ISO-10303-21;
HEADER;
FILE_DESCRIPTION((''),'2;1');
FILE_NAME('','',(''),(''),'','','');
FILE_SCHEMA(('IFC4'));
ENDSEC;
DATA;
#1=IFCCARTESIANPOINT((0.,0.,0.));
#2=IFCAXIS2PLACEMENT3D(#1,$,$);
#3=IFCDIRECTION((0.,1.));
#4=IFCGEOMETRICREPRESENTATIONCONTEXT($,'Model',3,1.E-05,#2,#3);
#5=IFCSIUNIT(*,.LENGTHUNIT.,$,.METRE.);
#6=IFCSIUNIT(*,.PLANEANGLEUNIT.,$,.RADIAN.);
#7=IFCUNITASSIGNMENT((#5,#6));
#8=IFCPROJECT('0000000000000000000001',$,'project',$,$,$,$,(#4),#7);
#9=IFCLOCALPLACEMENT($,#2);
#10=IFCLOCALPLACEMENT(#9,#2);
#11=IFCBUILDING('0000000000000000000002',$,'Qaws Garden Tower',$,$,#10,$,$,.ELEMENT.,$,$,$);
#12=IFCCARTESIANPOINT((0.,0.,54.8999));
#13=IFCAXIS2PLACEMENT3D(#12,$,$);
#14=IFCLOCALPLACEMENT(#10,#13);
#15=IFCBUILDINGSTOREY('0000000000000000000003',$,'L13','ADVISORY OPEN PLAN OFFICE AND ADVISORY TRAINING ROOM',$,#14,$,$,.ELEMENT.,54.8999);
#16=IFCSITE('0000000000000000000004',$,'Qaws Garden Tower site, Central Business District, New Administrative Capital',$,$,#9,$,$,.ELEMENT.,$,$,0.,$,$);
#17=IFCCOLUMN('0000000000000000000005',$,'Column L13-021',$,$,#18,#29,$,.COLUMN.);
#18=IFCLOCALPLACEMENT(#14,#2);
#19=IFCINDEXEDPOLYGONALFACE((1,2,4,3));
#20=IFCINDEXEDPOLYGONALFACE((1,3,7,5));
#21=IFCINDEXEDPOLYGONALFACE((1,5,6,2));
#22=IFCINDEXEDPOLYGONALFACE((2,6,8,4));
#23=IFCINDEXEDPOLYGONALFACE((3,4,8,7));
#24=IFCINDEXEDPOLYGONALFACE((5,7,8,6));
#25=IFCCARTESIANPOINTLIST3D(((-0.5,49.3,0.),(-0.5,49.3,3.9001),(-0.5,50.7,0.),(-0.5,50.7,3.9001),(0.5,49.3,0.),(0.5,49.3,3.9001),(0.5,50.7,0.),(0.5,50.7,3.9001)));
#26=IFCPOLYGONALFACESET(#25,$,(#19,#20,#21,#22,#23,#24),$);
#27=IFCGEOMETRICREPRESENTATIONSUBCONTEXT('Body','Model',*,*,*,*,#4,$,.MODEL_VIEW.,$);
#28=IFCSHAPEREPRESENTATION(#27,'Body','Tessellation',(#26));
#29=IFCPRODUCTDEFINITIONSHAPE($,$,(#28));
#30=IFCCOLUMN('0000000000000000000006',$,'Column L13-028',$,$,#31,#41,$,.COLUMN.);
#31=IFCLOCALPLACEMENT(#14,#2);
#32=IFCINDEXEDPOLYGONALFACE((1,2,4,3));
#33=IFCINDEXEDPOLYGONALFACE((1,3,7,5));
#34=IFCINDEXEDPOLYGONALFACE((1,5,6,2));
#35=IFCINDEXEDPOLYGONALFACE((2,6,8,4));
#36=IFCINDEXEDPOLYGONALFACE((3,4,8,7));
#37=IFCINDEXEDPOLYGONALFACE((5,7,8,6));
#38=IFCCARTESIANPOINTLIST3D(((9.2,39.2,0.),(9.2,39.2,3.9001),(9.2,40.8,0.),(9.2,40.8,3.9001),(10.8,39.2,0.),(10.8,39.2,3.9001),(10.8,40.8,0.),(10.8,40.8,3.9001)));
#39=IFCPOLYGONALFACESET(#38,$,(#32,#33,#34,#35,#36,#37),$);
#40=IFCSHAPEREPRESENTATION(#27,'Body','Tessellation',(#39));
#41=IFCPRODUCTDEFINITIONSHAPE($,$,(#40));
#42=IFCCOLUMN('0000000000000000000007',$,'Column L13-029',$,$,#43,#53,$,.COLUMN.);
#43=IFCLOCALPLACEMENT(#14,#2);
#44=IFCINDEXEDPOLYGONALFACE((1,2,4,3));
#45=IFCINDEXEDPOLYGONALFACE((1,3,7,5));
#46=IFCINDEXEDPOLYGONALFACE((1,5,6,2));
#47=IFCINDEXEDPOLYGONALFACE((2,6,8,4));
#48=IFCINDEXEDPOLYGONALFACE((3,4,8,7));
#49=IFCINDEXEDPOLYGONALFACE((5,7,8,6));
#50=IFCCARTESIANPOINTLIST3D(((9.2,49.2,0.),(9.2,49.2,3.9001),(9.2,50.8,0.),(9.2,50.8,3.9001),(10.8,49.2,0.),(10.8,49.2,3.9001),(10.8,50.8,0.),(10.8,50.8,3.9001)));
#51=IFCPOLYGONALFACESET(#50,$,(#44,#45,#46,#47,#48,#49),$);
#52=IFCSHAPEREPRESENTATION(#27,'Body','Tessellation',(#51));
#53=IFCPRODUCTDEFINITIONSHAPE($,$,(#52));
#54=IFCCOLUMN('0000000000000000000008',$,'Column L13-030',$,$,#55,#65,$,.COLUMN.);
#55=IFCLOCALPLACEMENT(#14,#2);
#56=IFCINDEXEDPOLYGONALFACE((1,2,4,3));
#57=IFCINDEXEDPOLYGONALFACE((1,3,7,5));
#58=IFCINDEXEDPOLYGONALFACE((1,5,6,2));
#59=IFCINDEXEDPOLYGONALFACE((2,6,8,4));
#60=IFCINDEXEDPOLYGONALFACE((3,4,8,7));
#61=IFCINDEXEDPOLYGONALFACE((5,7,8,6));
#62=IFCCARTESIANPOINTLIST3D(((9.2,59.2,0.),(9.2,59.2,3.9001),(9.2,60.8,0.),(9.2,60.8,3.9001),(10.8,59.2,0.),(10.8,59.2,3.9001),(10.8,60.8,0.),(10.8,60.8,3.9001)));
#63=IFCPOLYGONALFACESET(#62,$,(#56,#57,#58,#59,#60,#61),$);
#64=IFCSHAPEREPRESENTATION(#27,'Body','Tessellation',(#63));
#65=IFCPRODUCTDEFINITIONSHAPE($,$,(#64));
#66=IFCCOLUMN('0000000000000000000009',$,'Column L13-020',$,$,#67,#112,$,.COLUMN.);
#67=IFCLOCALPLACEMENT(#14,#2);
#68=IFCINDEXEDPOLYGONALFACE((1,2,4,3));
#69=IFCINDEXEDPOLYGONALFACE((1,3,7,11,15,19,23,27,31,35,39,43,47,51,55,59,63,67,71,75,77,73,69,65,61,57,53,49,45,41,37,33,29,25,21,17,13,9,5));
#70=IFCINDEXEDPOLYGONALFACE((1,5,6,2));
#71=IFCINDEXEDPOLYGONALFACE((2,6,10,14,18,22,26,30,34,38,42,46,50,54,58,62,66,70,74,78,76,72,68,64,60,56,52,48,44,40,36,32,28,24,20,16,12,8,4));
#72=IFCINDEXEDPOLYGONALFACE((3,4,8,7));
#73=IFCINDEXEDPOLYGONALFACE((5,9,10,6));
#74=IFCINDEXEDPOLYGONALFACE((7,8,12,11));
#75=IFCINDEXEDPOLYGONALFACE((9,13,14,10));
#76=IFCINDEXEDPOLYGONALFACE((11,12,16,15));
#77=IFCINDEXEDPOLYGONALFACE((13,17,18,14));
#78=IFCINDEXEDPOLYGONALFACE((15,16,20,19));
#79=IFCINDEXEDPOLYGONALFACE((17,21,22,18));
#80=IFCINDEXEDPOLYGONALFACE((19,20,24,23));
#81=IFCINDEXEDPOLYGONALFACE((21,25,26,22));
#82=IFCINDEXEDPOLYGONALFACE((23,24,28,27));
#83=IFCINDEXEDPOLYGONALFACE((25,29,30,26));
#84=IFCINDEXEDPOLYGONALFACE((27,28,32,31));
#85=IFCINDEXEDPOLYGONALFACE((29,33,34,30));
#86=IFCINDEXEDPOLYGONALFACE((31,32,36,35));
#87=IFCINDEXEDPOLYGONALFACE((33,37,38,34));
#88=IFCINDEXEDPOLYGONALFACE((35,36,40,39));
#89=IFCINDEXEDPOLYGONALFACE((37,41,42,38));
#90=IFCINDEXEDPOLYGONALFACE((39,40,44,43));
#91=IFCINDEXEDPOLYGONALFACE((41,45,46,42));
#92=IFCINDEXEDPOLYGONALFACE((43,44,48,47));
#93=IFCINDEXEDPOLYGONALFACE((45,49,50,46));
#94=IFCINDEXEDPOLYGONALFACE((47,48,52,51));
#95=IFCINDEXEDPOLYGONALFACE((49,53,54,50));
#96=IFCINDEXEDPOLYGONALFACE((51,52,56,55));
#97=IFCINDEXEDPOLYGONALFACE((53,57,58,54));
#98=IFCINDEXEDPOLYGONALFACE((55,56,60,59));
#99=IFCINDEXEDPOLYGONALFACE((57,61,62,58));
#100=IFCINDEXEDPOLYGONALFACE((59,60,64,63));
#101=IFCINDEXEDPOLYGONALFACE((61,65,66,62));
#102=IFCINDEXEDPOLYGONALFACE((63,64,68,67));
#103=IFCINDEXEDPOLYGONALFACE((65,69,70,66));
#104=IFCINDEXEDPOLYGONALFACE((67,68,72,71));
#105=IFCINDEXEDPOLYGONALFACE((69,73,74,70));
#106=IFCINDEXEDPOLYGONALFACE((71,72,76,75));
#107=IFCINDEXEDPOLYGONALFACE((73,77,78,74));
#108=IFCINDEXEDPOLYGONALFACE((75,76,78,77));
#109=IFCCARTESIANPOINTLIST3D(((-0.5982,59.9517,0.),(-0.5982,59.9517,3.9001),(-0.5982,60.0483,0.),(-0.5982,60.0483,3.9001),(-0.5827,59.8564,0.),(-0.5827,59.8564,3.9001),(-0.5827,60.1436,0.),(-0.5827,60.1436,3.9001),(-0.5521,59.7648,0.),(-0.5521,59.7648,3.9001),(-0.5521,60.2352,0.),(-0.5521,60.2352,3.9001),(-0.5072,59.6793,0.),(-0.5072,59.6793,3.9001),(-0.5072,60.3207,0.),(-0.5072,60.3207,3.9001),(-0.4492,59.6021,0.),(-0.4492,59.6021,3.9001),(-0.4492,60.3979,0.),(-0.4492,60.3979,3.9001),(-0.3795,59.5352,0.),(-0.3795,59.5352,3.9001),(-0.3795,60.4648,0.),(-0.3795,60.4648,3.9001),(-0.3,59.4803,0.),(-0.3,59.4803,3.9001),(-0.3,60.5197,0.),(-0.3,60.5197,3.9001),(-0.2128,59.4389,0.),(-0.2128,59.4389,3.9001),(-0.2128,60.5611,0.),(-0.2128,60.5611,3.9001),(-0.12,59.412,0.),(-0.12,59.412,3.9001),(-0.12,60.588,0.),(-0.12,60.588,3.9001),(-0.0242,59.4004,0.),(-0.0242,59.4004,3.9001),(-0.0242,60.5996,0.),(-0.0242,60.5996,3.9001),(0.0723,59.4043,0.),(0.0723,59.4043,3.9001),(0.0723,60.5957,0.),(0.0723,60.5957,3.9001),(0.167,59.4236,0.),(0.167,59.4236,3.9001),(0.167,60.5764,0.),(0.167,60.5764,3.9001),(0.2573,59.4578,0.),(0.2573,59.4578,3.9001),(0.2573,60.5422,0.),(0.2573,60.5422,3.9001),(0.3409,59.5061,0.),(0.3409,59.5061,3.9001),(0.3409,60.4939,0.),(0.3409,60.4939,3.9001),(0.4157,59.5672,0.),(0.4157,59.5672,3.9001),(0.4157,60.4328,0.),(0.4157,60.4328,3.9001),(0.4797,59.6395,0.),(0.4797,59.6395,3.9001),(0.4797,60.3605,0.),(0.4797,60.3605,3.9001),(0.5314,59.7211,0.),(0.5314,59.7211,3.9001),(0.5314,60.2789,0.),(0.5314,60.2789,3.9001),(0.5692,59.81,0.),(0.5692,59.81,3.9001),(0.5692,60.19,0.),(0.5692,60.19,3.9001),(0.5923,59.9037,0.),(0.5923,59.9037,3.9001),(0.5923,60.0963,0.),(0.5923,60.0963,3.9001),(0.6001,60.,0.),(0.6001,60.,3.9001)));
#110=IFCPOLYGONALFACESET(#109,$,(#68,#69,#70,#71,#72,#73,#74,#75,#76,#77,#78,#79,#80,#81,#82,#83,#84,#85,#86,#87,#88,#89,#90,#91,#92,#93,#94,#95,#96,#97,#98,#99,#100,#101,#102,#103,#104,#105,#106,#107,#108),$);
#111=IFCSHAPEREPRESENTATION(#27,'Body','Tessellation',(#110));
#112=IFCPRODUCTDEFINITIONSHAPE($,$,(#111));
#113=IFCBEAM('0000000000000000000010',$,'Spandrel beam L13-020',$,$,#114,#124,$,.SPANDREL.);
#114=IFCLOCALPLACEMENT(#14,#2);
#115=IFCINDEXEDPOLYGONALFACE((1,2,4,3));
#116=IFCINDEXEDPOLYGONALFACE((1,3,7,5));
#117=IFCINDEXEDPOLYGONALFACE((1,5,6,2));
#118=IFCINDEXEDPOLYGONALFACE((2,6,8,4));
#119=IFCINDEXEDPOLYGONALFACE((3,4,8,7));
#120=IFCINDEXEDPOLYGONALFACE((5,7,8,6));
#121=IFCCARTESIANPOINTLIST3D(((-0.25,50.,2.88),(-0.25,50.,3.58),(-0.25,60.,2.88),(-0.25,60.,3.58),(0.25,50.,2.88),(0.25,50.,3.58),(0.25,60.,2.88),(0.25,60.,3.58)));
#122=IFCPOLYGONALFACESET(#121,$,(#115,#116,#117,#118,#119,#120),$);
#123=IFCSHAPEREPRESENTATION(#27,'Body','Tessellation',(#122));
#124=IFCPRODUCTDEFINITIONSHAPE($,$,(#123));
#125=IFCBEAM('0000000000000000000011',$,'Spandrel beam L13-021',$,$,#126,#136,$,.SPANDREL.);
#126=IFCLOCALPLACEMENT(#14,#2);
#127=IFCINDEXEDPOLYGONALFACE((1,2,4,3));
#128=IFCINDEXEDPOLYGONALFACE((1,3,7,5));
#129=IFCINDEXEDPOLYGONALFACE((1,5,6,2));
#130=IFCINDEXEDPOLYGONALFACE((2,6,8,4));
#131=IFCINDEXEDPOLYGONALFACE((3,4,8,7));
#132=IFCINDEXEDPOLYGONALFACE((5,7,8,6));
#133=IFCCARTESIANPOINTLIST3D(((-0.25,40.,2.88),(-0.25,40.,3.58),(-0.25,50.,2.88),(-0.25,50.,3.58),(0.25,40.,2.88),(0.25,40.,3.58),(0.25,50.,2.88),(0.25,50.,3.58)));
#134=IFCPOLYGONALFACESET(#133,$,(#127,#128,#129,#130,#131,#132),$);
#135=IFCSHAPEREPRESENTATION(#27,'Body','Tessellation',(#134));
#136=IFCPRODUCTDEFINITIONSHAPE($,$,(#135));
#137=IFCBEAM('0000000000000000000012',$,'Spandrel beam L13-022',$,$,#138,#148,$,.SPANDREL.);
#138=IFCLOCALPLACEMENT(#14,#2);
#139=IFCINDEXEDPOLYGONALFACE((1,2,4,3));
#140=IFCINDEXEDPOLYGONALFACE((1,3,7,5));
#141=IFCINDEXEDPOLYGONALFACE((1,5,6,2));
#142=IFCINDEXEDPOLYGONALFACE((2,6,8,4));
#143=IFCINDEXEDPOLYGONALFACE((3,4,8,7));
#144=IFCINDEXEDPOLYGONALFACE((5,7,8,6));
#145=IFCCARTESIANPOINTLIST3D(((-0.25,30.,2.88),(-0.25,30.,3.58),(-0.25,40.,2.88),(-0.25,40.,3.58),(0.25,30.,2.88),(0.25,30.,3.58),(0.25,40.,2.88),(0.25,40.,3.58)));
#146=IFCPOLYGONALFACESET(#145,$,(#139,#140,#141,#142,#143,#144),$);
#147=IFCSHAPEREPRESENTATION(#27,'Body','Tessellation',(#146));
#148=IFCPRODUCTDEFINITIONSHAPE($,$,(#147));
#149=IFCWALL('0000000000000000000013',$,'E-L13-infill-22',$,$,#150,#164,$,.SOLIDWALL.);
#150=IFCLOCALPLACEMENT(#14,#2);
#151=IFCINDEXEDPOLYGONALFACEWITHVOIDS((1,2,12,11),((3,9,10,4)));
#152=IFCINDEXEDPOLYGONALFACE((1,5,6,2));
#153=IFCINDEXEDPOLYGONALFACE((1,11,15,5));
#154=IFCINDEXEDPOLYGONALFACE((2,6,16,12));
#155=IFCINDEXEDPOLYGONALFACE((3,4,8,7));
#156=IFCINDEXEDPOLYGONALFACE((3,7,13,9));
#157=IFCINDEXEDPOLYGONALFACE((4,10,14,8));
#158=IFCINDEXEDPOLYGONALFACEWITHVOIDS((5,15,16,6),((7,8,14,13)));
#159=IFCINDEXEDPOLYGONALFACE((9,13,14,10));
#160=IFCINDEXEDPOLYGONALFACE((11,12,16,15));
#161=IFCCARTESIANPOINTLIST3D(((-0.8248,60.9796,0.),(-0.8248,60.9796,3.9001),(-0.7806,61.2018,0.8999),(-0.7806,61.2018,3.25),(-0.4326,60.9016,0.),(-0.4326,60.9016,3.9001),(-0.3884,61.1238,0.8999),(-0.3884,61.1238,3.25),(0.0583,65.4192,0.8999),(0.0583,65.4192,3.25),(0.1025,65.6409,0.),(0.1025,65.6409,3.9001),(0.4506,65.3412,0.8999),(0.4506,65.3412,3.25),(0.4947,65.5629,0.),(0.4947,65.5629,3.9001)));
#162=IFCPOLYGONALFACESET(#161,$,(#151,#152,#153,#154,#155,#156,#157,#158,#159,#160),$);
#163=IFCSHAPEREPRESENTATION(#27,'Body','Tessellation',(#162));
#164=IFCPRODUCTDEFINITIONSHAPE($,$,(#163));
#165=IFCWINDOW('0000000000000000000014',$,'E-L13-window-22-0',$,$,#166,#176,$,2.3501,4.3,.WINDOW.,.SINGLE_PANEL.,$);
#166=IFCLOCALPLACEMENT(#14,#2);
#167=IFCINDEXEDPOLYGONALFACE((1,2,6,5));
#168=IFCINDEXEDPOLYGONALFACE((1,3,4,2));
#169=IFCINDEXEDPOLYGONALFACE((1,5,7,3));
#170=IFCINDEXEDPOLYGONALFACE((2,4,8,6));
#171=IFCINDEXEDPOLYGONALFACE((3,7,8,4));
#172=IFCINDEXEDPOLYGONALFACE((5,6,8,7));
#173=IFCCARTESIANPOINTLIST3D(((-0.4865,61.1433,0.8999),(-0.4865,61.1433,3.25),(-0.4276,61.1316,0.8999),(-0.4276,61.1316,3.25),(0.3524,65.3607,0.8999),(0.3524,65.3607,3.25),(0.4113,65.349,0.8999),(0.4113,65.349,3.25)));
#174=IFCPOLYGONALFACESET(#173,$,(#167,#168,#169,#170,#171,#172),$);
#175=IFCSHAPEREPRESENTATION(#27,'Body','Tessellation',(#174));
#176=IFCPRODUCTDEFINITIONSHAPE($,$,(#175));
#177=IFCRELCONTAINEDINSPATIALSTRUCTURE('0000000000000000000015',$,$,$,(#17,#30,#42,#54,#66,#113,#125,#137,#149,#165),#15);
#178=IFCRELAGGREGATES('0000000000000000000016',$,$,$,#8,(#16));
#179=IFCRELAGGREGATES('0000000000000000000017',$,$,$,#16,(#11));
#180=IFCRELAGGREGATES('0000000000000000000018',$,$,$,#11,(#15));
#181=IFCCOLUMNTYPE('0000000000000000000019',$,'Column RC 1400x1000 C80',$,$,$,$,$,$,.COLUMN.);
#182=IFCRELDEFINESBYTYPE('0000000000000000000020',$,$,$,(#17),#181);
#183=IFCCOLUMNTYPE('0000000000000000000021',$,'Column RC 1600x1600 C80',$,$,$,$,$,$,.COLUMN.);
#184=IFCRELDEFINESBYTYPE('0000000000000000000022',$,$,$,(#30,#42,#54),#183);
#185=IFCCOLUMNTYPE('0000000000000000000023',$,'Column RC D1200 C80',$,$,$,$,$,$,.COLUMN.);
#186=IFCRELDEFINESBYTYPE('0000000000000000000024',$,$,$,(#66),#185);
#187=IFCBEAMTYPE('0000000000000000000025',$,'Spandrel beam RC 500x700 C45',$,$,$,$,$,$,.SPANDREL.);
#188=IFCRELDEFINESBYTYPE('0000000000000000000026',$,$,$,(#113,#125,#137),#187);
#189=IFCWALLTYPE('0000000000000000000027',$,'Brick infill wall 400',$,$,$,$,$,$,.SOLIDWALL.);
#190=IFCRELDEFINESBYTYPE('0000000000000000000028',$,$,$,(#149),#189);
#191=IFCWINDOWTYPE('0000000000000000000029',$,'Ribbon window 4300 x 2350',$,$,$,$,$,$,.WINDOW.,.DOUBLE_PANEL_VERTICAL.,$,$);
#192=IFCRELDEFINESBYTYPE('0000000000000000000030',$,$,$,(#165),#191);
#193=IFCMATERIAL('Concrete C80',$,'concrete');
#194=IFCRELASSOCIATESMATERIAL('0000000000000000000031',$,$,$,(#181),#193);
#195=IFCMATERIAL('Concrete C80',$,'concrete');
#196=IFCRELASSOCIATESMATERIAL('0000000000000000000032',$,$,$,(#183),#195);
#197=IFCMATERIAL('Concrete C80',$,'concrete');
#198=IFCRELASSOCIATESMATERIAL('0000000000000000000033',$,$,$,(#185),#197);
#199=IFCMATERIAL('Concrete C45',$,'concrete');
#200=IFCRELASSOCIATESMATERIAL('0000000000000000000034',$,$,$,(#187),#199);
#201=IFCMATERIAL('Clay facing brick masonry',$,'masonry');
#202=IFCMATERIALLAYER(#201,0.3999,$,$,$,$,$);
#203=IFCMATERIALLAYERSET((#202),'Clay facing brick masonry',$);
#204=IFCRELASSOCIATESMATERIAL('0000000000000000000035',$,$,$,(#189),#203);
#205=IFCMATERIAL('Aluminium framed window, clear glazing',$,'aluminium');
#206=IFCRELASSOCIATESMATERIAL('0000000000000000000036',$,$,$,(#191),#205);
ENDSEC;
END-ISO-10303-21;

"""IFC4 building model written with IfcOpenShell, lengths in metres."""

from ifc_helpers import new_model, si_unit, direction, frame, frame_2d, origin, origin_2d, place, context, subcontext, project, spatial, rectangle, circle, extrude, material, layer, layer_set, material_profile, profile_set, type_object, element, fill, save


model = new_model("IFC4")

# Units and contexts
model_context = context("Model", 3, precision=1e-05, world=origin(), true_north=direction((0.0, 1.0)))
body_context = subcontext(model_context, "Body", "Model", "MODEL_VIEW")
ifc_project = project(units=[si_unit("LENGTHUNIT", "METRE"), si_unit("PLANEANGLEUNIT", "RADIAN")], contexts=[model_context])

# Site, building, storey
site_placement = place(None, origin())
site = spatial("IfcSite", under=ifc_project, at=site_placement, Name="Qaws Garden Tower site, Central Business District, New Administrative Capital", CompositionType="ELEMENT", RefElevation=0.0)
building_placement = place(site_placement, origin())
building = spatial("IfcBuilding", under=site, at=building_placement, Name="Qaws Garden Tower", CompositionType="ELEMENT")
storey_placement = place(building_placement, frame((0.0, 0.0, 54.8999)))
storey = spatial("IfcBuildingStorey", under=building, at=storey_placement, Name="L13", Description="ADVISORY OPEN PLAN OFFICE AND ADVISORY TRAINING ROOM", CompositionType="ELEMENT", Elevation=54.8999)

# Columns
ifc_material_1 = material(Name="Concrete C80", Category="concrete")
ifc_material_profile_1 = material_profile(ifc_material_1, rectangle(XDim=1.3999, YDim=1.0, at=origin_2d()), Name="RC 1400x1000")
ifc_profile_set_1 = profile_set([ifc_material_profile_1], Name="Concrete C80")
column_type_1 = type_object("IfcColumnType", Name="Column RC 1400x1000 C80", PredefinedType="COLUMN", material=ifc_profile_set_1)
column_1_placement = place(storey_placement, frame((0.0, 50.0, 0.0), z_axis=(0.0, 0.0, 1.0), x_axis=(0.0, 1.0, 0.0)))
element("IfcColumn", 1, at=column_1_placement, inside=storey, type_object=column_type_1, Name="Column L13-021", PredefinedType="COLUMN", context=body_context, shape_type="SweptSolid", body=[
    extrude(rectangle(XDim=1.3999, YDim=1.0, at=origin_2d()), origin(), (0.0, 0.0, 1.0), 3.9001),
])
ifc_material_2 = material(Name="Concrete C80", Category="concrete")
ifc_material_profile_2 = material_profile(ifc_material_2, rectangle(XDim=1.6001, YDim=1.6001, at=origin_2d()), Name="RC 1600x1600")
ifc_profile_set_2 = profile_set([ifc_material_profile_2], Name="Concrete C80")
column_type_2 = type_object("IfcColumnType", Name="Column RC 1600x1600 C80", PredefinedType="COLUMN", material=ifc_profile_set_2)
for number, where, z_axis, x_axis, name in (
    (2, (10.0, 40.0, 0.0), (0.0, 0.0, 1.0), (1.0, 0.0, 0.0), "Column L13-028"),
    (3, (10.0, 50.0, 0.0), (0.0, 0.0, 1.0), (1.0, 0.0, 0.0), "Column L13-029"),
    (4, (10.0, 60.0, 0.0), (0.0, 0.0, 1.0), (1.0, 0.0, 0.0), "Column L13-030"),
):
    element("IfcColumn", number, at=place(storey_placement, frame(where, z_axis=z_axis, x_axis=x_axis)), inside=storey, type_object=column_type_2, Name=name, PredefinedType="COLUMN", context=body_context, shape_type="SweptSolid", body=[
        extrude(rectangle(XDim=1.6001, YDim=1.6001, at=origin_2d()), origin(), (0.0, 0.0, 1.0), 3.9001),
    ])
ifc_material_3 = material(Name="Concrete C80", Category="concrete")
ifc_material_profile_3 = material_profile(ifc_material_3, circle(Radius=0.6001, at=origin_2d()), Name="RC D1200")
ifc_profile_set_3 = profile_set([ifc_material_profile_3], Name="Concrete C80")
column_type_3 = type_object("IfcColumnType", Name="Column RC D1200 C80", PredefinedType="COLUMN", material=ifc_profile_set_3)
column_2_placement = place(storey_placement, frame((0.0, 60.0, 0.0), z_axis=(0.0, 0.0, 1.0), x_axis=(1.0, 0.0, 0.0)))
element("IfcColumn", 5, at=column_2_placement, inside=storey, type_object=column_type_3, Name="Column L13-020", PredefinedType="COLUMN", context=body_context, shape_type="SweptSolid", body=[
    extrude(circle(Radius=0.6001, at=origin_2d()), origin(), (0.0, 0.0, 1.0), 3.9001),
])

# Beams
ifc_material_4 = material(Name="Concrete C45", Category="concrete")
ifc_material_profile_4 = material_profile(ifc_material_4, rectangle(XDim=0.5, YDim=0.7, at=origin_2d()), Name="RC 500x700")
ifc_profile_set_4 = profile_set([ifc_material_profile_4], Name="Concrete C45")
beam_type = type_object("IfcBeamType", Name="Spandrel beam RC 500x700 C45", PredefinedType="SPANDREL", material=ifc_profile_set_4)
for number, where, z_axis, x_axis, name in (
    (6, (0.0, 60.0, 3.23), (0.0, -1.0, 0.0), (1.0, 0.0, 0.0), "Spandrel beam L13-020"),
    (7, (0.0, 50.0, 3.23), (0.0, -1.0, 0.0), (1.0, 0.0, 0.0), "Spandrel beam L13-021"),
    (8, (0.0, 40.0, 3.23), (0.0, -1.0, 0.0), (1.0, 0.0, 0.0), "Spandrel beam L13-022"),
):
    element("IfcBeam", number, at=place(storey_placement, frame(where, z_axis=z_axis, x_axis=x_axis)), inside=storey, type_object=beam_type, Name=name, PredefinedType="SPANDREL", context=body_context, shape_type="SweptSolid", body=[
        extrude(rectangle(XDim=0.5, YDim=0.7, at=origin_2d()), origin(), (0.0, 0.0, 1.0), 10.0),
    ])

# Wall, opening, window
ifc_material_5 = material(Name="Clay facing brick masonry", Category="masonry")
ifc_layer_1 = layer(ifc_material_5, 0.3999)
ifc_layer_set_1 = layer_set([ifc_layer_1], Name="Clay facing brick masonry")
wall_type_1 = type_object("IfcWallType", Name="Brick infill wall 400", PredefinedType="SOLIDWALL", material=ifc_layer_set_1)
wall_1_placement = place(storey_placement, frame((0.2986, 65.6021, 0.0), z_axis=(0.0, 0.0, 1.0), x_axis=(-0.195099, -0.980784, 0.0)))
wall_1 = element("IfcWall", 9, at=wall_1_placement, inside=storey, type_object=wall_type_1, Name="E-L13-infill-22", PredefinedType="SOLIDWALL", context=body_context, shape_type="SweptSolid", body=[
    extrude(rectangle(XDim=4.7527, YDim=0.3999, at=frame_2d((2.3765, 0.0))), origin(), (0.0, 0.0, 1.0), 3.9001),
])
opening_1_placement = place(wall_1_placement, frame((0.2263, 0.0, 0.8999)))
opening_1 = element("IfcOpeningElement", 10, at=opening_1_placement, cuts=wall_1, PredefinedType="OPENING", context=body_context, shape_type="SweptSolid", body=[
    extrude(rectangle(XDim=4.3, YDim=2.3501, at=frame_2d((2.1499, 1.175))), frame((0.0, 0.21, 0.0), z_axis=(0.0, -1.0, 0.0), x_axis=(1.0, 0.0, 0.0)), (0.0, 0.0, 1.0), 0.4199),
])
ifc_material_6 = material(Name="Aluminium framed window, clear glazing", Category="aluminium")
window_type_1 = type_object("IfcWindowType", Name="Ribbon window 4300 x 2350", PartitioningType="DOUBLE_PANEL_VERTICAL", PredefinedType="WINDOW", material=ifc_material_6)
window_1_placement = place(opening_1_placement, origin())
window_1 = element("IfcWindow", 11, at=window_1_placement, inside=storey, type_object=window_type_1, Name="E-L13-window-22-0", OverallHeight=2.3501, OverallWidth=4.3, PartitioningType="SINGLE_PANEL", PredefinedType="WINDOW", context=body_context, shape_type="SweptSolid", body=[
    extrude(rectangle(XDim=4.3, YDim=2.3501, at=frame_2d((2.1499, 1.175))), frame((0.0, 0.1599, 0.0), z_axis=(0.0, -1.0, 0.0), x_axis=(1.0, 0.0, 0.0)), (0.0, 0.0, 1.0), 0.0601),
])
fill(opening_1, window_1)

save(model, "model.ifc")
